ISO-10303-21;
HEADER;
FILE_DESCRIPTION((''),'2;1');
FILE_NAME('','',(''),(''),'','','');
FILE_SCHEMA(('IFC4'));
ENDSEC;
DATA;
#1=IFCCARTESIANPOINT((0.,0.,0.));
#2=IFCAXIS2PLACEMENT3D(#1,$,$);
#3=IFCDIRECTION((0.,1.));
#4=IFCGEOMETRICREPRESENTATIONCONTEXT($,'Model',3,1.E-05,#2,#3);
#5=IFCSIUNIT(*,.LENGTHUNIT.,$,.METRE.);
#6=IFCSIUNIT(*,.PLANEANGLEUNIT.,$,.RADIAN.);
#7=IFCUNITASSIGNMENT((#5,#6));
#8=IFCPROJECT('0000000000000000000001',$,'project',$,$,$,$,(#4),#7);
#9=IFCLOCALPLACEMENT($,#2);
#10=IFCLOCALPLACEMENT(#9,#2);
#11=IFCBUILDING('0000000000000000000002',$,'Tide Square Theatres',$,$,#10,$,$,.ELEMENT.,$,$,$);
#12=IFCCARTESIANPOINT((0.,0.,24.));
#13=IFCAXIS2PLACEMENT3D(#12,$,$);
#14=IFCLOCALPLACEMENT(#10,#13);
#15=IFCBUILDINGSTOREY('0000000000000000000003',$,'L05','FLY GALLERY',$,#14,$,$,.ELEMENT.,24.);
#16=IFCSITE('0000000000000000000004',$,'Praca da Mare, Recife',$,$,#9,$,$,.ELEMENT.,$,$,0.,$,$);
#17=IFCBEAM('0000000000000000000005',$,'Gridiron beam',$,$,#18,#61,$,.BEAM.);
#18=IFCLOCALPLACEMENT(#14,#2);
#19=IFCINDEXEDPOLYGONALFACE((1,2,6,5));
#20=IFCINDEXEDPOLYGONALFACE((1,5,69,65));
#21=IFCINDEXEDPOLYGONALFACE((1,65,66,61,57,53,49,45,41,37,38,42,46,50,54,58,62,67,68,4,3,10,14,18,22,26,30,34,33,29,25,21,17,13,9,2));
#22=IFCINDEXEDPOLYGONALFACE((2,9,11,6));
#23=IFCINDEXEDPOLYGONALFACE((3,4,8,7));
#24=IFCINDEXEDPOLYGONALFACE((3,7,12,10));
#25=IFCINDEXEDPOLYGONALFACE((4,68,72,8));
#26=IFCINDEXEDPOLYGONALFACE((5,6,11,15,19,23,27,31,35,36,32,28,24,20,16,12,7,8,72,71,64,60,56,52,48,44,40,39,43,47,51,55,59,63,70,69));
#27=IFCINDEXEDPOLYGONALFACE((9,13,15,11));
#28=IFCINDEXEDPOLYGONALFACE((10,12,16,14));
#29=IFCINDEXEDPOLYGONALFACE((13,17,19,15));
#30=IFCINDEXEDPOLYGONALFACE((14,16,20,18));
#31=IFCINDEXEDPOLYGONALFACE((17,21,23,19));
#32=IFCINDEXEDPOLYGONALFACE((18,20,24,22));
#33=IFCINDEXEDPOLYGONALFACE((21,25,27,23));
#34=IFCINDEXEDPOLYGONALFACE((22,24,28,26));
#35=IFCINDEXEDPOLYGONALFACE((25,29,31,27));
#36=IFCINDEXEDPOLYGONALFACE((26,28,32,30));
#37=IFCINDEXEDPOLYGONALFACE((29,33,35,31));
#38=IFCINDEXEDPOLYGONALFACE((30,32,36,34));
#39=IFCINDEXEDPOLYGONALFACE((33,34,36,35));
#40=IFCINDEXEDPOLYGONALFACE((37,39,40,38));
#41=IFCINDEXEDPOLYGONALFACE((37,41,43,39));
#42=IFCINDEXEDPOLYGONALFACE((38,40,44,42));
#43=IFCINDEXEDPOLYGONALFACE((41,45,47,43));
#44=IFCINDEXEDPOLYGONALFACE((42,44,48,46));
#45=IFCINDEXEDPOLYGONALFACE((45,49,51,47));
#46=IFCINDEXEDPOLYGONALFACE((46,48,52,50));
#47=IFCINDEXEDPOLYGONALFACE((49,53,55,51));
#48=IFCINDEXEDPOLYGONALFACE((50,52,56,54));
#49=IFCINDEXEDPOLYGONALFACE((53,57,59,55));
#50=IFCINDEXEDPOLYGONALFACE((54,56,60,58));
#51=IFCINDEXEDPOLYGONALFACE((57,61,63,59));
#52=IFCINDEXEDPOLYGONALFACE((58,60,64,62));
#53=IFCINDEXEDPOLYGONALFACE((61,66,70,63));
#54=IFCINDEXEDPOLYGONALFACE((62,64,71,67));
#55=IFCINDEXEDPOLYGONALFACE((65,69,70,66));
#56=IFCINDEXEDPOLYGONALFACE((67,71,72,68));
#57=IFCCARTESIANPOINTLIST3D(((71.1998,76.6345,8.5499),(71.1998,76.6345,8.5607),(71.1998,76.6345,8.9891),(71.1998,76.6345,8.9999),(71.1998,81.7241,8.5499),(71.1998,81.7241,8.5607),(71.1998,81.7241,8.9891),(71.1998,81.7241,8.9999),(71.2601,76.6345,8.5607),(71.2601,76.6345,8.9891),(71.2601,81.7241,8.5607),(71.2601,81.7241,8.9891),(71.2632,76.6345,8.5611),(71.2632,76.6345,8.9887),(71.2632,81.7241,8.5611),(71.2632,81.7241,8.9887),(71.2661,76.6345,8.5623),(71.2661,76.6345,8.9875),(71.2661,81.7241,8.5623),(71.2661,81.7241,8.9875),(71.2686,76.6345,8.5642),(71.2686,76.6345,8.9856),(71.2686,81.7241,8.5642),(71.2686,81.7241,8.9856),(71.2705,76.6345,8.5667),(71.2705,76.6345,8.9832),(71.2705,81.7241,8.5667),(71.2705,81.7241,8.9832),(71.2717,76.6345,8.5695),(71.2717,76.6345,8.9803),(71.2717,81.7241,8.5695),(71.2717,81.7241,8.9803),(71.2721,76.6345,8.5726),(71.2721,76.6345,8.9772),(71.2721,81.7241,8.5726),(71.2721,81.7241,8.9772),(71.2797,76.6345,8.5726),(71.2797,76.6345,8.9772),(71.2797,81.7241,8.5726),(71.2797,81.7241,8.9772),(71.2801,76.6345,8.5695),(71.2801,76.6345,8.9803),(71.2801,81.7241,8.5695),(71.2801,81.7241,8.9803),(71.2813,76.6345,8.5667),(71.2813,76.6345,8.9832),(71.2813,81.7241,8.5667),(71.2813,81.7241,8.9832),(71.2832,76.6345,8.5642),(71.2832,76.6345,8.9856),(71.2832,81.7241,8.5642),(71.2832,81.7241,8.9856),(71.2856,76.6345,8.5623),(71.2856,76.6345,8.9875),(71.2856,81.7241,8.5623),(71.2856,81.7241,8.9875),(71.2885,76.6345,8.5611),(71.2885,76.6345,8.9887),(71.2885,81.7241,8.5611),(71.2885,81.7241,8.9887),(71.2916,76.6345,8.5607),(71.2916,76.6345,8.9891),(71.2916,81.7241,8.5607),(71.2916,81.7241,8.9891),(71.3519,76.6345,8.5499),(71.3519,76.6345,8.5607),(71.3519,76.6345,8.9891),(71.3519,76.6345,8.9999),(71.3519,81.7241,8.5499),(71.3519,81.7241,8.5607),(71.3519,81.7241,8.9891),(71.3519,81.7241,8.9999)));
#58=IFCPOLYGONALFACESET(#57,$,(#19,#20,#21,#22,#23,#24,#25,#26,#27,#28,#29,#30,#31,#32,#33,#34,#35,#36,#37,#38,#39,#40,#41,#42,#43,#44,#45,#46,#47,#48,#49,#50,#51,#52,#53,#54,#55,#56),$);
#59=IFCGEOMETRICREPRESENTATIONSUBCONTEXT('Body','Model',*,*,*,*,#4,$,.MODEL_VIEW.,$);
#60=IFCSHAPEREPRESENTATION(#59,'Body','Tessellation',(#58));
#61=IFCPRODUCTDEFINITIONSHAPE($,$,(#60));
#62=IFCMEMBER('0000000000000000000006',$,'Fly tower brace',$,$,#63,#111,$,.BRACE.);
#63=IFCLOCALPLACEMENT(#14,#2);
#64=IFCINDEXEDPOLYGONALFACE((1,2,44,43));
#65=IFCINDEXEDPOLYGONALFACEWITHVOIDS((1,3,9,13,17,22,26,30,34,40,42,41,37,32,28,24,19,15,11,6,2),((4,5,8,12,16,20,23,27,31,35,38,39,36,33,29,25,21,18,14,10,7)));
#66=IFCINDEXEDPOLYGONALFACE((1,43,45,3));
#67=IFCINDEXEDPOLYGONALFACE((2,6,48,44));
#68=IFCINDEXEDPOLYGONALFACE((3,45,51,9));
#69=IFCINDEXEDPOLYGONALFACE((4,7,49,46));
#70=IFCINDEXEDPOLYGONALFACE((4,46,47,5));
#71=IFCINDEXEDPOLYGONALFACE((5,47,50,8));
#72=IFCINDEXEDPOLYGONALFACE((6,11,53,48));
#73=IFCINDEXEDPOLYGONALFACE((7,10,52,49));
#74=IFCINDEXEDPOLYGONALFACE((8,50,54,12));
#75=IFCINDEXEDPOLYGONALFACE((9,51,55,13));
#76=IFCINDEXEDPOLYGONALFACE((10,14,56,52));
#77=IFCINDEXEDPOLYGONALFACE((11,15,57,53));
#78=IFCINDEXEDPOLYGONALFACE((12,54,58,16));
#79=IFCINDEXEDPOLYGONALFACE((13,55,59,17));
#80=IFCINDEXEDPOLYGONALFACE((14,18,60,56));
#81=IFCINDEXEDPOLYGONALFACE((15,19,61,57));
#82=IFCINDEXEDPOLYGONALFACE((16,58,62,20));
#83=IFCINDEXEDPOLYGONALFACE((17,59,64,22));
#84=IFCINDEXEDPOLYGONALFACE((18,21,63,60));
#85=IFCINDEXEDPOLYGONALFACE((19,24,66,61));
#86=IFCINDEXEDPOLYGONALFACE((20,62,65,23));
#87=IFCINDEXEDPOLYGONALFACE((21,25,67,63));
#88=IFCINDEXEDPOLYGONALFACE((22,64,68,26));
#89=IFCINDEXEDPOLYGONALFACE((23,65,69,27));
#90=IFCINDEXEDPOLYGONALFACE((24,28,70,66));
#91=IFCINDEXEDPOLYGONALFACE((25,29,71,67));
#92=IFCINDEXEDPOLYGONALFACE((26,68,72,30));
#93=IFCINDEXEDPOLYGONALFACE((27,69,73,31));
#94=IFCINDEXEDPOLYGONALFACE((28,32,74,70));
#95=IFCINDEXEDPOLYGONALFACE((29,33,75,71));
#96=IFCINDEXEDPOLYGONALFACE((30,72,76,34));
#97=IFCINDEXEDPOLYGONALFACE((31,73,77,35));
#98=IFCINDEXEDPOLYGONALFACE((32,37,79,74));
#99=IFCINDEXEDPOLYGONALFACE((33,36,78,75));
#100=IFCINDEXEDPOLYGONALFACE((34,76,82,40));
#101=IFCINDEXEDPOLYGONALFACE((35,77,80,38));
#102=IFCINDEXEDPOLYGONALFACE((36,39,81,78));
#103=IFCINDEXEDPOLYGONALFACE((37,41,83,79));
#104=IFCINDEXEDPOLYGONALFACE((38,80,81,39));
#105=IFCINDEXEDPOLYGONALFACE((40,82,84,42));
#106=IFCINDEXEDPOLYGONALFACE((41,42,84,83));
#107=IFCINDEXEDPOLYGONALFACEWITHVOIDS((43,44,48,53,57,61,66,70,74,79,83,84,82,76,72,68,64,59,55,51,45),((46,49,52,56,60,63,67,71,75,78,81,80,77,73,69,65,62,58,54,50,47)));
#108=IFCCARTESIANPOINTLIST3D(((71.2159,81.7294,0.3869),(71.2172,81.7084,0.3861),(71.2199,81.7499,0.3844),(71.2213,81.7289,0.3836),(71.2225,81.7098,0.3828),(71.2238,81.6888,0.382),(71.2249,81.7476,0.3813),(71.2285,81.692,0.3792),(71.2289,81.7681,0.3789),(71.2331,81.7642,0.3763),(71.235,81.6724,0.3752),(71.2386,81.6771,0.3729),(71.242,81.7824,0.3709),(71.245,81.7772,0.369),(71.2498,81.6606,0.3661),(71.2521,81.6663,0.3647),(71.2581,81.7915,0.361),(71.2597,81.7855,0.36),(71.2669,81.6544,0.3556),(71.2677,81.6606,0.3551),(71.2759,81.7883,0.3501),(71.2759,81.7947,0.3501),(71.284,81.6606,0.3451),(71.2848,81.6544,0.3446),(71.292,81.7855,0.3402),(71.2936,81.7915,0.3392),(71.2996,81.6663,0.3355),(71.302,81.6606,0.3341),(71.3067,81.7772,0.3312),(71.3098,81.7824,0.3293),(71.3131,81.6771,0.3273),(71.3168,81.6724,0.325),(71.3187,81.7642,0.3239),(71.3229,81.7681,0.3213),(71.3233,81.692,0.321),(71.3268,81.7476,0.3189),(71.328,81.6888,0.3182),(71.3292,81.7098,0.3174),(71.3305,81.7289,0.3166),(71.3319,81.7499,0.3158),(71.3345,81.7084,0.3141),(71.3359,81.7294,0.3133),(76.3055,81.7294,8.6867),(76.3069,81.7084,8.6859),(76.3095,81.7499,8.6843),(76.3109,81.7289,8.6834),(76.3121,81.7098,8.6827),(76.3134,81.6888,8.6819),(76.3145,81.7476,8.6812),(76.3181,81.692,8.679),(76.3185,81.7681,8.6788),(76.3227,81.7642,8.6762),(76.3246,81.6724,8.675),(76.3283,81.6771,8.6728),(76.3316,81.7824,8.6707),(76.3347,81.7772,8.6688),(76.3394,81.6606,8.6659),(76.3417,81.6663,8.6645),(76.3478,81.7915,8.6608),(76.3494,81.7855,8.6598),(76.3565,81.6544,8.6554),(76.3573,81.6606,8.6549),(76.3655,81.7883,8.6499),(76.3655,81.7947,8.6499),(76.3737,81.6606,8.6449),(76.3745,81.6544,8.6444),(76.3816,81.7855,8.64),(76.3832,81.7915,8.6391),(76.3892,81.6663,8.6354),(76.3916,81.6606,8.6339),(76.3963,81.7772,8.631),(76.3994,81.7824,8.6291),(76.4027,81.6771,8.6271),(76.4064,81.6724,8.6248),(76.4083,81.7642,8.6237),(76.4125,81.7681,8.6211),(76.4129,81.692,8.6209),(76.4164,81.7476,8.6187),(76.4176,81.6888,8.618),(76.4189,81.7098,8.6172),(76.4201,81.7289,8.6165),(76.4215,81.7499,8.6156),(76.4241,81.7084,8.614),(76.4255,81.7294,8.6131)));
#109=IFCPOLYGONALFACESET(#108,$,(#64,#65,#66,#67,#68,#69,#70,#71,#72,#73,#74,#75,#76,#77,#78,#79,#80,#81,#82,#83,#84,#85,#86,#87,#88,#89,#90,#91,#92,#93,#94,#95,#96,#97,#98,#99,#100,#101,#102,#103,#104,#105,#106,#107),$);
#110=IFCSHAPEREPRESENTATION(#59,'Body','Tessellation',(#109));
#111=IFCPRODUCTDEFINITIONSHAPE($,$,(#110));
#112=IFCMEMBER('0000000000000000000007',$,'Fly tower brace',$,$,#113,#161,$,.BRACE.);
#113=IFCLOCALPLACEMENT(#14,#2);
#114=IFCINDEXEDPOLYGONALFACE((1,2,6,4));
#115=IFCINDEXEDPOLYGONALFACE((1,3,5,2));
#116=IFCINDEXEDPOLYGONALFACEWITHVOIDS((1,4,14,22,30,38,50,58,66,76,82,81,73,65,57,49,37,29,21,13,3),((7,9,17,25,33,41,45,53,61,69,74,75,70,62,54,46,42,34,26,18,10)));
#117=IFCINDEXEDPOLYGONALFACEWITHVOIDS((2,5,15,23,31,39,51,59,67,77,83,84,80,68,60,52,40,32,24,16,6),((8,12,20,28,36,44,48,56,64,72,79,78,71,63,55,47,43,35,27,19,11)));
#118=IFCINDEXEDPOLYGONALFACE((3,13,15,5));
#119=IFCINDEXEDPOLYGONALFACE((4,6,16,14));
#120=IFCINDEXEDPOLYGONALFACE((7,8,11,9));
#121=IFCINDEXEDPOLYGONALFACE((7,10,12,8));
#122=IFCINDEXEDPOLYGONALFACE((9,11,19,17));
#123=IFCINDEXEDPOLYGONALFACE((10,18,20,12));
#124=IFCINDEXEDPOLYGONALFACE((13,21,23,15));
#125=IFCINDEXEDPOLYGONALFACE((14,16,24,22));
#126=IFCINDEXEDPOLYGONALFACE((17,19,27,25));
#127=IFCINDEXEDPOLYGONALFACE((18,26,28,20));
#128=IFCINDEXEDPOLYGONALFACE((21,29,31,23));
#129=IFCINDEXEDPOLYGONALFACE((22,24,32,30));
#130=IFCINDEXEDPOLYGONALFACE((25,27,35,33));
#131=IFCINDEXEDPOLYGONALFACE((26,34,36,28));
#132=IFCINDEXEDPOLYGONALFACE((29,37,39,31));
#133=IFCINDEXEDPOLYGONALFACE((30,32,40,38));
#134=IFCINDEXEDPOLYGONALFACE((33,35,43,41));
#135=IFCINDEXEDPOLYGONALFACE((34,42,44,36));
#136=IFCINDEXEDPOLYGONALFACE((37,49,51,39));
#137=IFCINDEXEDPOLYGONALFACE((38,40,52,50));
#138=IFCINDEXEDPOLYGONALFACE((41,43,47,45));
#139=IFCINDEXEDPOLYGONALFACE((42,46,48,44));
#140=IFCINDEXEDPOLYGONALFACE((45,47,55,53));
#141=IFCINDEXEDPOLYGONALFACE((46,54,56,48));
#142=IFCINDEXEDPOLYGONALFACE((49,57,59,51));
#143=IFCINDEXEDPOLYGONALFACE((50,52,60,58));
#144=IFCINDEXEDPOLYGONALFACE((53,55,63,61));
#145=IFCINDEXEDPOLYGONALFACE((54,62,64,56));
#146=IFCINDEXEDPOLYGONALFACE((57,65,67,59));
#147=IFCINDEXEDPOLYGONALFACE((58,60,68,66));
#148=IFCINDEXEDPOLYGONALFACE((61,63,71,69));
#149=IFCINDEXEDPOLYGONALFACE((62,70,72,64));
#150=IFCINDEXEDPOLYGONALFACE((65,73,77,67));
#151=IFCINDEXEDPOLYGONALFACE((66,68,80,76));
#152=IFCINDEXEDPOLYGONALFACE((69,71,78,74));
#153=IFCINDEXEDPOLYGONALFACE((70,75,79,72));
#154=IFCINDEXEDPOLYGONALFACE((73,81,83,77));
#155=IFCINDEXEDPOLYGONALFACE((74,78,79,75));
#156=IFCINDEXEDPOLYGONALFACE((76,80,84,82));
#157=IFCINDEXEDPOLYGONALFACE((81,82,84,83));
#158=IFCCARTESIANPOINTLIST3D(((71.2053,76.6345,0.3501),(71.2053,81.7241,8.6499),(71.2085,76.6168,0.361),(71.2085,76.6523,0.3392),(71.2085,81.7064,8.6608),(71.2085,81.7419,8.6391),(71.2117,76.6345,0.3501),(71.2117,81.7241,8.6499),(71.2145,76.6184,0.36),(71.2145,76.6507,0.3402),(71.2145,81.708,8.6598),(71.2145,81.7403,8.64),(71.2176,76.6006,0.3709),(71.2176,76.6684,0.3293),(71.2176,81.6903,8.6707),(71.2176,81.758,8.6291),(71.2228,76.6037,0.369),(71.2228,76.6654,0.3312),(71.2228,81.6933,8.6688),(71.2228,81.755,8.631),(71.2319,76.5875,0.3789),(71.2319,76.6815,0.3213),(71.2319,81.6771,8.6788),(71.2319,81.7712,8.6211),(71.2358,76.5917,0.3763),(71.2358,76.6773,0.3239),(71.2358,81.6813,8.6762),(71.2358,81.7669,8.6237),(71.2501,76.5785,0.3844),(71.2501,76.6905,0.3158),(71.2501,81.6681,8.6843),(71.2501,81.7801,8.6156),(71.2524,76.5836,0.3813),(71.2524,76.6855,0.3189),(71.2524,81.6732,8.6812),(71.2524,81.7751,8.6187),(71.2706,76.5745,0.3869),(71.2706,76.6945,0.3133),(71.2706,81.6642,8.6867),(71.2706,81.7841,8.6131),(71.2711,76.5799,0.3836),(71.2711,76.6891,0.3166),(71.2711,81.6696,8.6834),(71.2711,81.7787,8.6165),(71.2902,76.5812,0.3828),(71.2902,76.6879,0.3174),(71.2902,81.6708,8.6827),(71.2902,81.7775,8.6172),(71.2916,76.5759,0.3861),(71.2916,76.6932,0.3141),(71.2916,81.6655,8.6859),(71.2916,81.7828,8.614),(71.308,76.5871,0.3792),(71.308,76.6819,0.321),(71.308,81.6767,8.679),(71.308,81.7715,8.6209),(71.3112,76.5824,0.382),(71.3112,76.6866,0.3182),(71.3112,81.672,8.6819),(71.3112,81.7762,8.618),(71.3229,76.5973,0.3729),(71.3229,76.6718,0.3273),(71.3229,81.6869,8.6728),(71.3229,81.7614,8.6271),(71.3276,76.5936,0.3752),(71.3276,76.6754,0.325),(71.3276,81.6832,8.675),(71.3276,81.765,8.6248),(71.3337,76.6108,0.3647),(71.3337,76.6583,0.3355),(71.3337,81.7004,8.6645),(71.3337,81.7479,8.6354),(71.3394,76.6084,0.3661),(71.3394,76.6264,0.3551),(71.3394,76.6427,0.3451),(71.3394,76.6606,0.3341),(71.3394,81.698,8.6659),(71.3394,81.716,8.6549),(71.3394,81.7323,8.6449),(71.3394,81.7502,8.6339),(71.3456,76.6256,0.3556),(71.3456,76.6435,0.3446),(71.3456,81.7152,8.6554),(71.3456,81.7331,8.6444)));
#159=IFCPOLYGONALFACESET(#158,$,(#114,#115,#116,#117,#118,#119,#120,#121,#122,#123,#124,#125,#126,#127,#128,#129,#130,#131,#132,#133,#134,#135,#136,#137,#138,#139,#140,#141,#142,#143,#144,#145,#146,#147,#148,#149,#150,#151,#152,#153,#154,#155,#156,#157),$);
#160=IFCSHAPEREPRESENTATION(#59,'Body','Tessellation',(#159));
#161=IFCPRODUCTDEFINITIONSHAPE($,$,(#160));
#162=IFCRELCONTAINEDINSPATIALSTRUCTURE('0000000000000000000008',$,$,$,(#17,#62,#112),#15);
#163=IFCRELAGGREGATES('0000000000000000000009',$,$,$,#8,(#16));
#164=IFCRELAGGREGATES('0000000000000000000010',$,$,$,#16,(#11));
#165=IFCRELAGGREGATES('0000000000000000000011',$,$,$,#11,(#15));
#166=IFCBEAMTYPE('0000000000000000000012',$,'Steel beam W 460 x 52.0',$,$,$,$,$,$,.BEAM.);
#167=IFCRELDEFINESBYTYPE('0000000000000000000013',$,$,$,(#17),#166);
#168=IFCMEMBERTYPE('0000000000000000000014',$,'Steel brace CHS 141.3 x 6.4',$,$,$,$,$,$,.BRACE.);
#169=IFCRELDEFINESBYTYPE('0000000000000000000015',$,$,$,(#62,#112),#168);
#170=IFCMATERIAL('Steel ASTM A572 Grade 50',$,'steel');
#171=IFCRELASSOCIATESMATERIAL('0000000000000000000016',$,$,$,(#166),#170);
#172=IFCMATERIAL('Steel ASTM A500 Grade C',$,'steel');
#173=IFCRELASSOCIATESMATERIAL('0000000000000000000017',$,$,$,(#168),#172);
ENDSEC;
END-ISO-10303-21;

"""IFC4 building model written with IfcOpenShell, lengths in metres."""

from ifc_helpers import new_model, si_unit, direction, frame, origin, origin_2d, place, context, subcontext, project, spatial, hollow_circle, i_section, extrude, material, material_profile, profile_set, type_object, element, save


model = new_model("IFC4")

# Units and contexts
model_context = context("Model", 3, precision=1e-05, world=origin(), true_north=direction((0.0, 1.0)))
body_context = subcontext(model_context, "Body", "Model", "MODEL_VIEW")
ifc_project = project(units=[si_unit("LENGTHUNIT", "METRE"), si_unit("PLANEANGLEUNIT", "RADIAN")], contexts=[model_context])

# Site, building, storey
site_placement = place(None, origin())
site = spatial("IfcSite", under=ifc_project, at=site_placement, Name="Praca da Mare, Recife", CompositionType="ELEMENT", RefElevation=0.0)
building_placement = place(site_placement, origin())
building = spatial("IfcBuilding", under=site, at=building_placement, Name="Tide Square Theatres", CompositionType="ELEMENT")
storey_placement = place(building_placement, frame((0.0, 0.0, 24.0)))
storey = spatial("IfcBuildingStorey", under=building, at=storey_placement, Name="L05", Description="FLY GALLERY", CompositionType="ELEMENT", Elevation=24.0)

# Beam
ifc_material_1 = material(Name="Steel ASTM A572 Grade 50", Category="steel")
ifc_material_profile_1 = material_profile(ifc_material_1, i_section(OverallWidth=0.1521, OverallDepth=0.45, WebThickness=0.0076, FlangeThickness=0.0107, FilletRadius=0.012, at=origin_2d()))
ifc_profile_set_1 = profile_set([ifc_material_profile_1], Name="Steel ASTM A572 Grade 50")
beam_type_1 = type_object("IfcBeamType", Name="Steel beam W 460 x 52.0", PredefinedType="BEAM", material=ifc_profile_set_1)
beam_1_placement = place(storey_placement, frame((71.2759, 76.6345, 8.7749), z_axis=(0.0, 1.0, 0.0), x_axis=(-1.0, 0.0, 0.0)))
element("IfcBeam", 1, at=beam_1_placement, inside=storey, type_object=beam_type_1, Name="Gridiron beam", PredefinedType="BEAM", context=body_context, shape_type="SweptSolid", body=[
    extrude(i_section(OverallWidth=0.1521, OverallDepth=0.45, WebThickness=0.0076, FlangeThickness=0.0107, FilletRadius=0.012, at=origin_2d()), origin(), (0.0, 0.0, 1.0), 5.0896),
])

# Members
ifc_material_2 = material(Name="Steel ASTM A500 Grade C", Category="steel")
ifc_material_profile_2 = material_profile(ifc_material_2, hollow_circle(Radius=0.0706, WallThickness=0.0063, at=origin_2d()))
ifc_profile_set_2 = profile_set([ifc_material_profile_2], Name="Steel ASTM A500 Grade C")
member_type = type_object("IfcMemberType", Name="Steel brace CHS 141.3 x 6.4", PredefinedType="BRACE", material=ifc_profile_set_2)
for number, where, z_axis, x_axis, name in (
    (2, (71.2759, 81.7241, 0.3501), (0.522758, 0.0, 0.852481), (0.0, 1.0, 0.0), "Fly tower brace"),
    (3, (71.2759, 76.6345, 0.3501), (0.0, 0.522758, 0.852481), (-1.0, 0.0, 0.0), "Fly tower brace"),
):
    element("IfcMember", number, at=place(storey_placement, frame(where, z_axis=z_axis, x_axis=x_axis)), inside=storey, type_object=member_type, Name=name, PredefinedType="BRACE", context=body_context, shape_type="SweptSolid", body=[
        extrude(hollow_circle(Radius=0.0706, WallThickness=0.0063, at=origin_2d()), origin(), (0.0, 0.0, 1.0), 9.7361),
    ])

save(model, "model.ifc")
